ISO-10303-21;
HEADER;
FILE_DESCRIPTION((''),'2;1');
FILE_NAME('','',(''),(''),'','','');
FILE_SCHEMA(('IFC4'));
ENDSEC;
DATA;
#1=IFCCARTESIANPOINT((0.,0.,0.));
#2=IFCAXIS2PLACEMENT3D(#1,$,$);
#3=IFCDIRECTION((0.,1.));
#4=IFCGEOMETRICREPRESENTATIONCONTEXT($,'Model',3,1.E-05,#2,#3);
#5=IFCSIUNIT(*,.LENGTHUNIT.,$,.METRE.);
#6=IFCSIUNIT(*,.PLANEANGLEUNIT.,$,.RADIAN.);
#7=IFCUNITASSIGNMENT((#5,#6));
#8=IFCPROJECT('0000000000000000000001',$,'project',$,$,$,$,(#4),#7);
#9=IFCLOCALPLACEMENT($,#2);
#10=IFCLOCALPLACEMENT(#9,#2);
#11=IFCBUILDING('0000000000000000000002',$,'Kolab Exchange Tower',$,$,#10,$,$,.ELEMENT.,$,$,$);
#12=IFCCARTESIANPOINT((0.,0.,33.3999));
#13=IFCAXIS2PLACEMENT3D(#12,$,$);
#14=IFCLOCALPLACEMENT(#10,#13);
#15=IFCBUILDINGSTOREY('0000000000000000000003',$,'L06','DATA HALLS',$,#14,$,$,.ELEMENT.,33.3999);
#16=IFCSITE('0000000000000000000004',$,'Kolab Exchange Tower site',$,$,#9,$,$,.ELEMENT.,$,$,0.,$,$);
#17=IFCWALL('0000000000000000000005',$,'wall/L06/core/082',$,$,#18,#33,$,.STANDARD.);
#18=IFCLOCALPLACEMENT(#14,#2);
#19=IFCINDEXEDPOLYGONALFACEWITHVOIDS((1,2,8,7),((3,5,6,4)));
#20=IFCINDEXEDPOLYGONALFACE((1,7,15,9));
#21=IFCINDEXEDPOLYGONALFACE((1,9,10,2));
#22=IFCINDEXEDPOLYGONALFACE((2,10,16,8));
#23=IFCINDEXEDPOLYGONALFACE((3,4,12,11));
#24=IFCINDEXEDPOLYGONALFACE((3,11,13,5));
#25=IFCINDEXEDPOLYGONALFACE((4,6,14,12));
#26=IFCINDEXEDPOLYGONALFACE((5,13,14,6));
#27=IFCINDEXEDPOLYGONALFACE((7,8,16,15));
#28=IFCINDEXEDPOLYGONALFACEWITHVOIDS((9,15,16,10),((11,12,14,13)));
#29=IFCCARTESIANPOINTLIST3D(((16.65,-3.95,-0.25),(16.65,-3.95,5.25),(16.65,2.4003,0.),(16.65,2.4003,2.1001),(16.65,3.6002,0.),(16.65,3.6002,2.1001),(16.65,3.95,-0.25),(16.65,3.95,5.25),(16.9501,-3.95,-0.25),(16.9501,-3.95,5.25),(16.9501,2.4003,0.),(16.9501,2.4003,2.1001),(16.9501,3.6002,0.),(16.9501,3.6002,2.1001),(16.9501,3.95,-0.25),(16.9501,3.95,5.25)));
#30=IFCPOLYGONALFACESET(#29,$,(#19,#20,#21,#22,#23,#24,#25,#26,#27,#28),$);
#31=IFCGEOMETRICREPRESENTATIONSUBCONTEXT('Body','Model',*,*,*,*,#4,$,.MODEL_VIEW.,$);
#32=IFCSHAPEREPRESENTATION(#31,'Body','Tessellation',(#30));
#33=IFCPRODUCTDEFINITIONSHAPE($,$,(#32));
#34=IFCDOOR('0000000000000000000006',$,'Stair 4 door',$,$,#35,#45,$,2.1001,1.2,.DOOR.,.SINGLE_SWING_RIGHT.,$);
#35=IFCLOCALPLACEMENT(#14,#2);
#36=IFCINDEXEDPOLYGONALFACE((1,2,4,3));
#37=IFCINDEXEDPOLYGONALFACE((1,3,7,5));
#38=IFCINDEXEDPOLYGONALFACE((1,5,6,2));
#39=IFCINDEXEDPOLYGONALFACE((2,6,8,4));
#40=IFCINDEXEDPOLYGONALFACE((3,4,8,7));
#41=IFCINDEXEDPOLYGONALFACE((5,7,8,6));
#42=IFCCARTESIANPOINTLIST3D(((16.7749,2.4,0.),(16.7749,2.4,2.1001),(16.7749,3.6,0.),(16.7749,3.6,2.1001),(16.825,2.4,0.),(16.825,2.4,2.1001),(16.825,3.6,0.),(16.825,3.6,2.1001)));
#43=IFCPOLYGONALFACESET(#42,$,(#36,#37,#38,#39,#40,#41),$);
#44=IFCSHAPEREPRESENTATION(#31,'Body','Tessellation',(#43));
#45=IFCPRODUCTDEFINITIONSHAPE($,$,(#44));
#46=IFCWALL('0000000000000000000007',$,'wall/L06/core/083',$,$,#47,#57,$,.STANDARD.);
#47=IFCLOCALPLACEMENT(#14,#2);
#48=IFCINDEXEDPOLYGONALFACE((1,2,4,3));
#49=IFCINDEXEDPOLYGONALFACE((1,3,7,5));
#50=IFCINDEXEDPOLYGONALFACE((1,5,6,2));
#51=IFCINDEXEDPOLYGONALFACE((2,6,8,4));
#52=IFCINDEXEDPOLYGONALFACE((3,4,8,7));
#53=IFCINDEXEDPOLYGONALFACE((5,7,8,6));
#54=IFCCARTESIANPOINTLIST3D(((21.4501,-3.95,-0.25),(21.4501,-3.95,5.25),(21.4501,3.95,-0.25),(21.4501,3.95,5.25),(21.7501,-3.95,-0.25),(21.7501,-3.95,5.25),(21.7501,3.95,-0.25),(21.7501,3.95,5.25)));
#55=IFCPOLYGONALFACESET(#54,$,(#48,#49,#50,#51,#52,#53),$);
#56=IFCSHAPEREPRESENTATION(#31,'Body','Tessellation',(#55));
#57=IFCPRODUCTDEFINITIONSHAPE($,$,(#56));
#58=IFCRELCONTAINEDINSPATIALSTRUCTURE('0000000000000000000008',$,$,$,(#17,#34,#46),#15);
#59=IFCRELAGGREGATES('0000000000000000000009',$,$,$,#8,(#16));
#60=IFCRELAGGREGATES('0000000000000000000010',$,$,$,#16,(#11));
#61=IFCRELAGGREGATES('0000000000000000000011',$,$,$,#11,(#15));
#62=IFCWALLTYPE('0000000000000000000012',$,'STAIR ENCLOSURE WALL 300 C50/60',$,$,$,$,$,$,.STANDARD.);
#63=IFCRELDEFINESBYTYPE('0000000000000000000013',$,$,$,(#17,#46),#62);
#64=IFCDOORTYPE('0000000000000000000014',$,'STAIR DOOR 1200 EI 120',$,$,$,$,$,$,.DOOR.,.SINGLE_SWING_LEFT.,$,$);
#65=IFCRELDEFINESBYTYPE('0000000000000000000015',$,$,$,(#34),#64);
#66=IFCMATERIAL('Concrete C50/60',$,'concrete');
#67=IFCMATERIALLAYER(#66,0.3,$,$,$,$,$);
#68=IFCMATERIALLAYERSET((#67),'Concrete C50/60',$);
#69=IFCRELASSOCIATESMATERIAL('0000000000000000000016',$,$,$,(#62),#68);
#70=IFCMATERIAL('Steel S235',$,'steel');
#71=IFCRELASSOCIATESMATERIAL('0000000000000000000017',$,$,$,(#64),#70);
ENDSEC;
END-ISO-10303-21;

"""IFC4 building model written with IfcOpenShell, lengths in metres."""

from ifc_helpers import new_model, si_unit, direction, frame, frame_2d, origin, place, context, subcontext, project, spatial, rectangle, extrude, material, layer, layer_set, type_object, element, fill, save


model = new_model("IFC4")

# Units and contexts
model_context = context("Model", 3, precision=1e-05, world=origin(), true_north=direction((0.0, 1.0)))
body_context = subcontext(model_context, "Body", "Model", "MODEL_VIEW")
ifc_project = project(units=[si_unit("LENGTHUNIT", "METRE"), si_unit("PLANEANGLEUNIT", "RADIAN")], contexts=[model_context])

# Site, building, storey
site_placement = place(None, origin())
site = spatial("IfcSite", under=ifc_project, at=site_placement, Name="Kolab Exchange Tower site", CompositionType="ELEMENT", RefElevation=0.0)
building_placement = place(site_placement, origin())
building = spatial("IfcBuilding", under=site, at=building_placement, Name="Kolab Exchange Tower", CompositionType="ELEMENT")
storey_placement = place(building_placement, frame((0.0, 0.0, 33.3999)))
storey = spatial("IfcBuildingStorey", under=building, at=storey_placement, Name="L06", Description="DATA HALLS", CompositionType="ELEMENT", Elevation=33.3999)

# Shared definitions
ifc_material_1 = material(Name="Steel S235", Category="steel")

# Shared definitions
ifc_material_2 = material(Name="Concrete C50/60", Category="concrete")
ifc_layer_1 = layer(ifc_material_2, 0.3)
ifc_layer_set_1 = layer_set([ifc_layer_1], Name="Concrete C50/60")
wall_type_1 = type_object("IfcWallType", Name="STAIR ENCLOSURE WALL 300 C50/60", PredefinedType="STANDARD", material=ifc_layer_set_1)

# Wall, opening, door
wall_1_placement = place(storey_placement, frame((16.8, -3.95, -0.25), z_axis=(0.0, 0.0, 1.0), x_axis=(0.0, 1.0, 0.0)))
wall_1 = element("IfcWall", 1, at=wall_1_placement, inside=storey, type_object=wall_type_1, Name="wall/L06/core/082", PredefinedType="STANDARD", context=body_context, shape_type="SweptSolid", body=[
    extrude(rectangle(XDim=7.8999, YDim=0.3, at=frame_2d((3.95, 0.0))), origin(), (0.0, 0.0, 1.0), 5.5),
])
opening_1_placement = place(wall_1_placement, frame((6.3501, 0.0, 0.25)))
opening_1 = element("IfcOpeningElement", 2, at=opening_1_placement, cuts=wall_1, PredefinedType="OPENING", context=body_context, shape_type="SweptSolid", body=[
    extrude(rectangle(XDim=1.2, YDim=2.1001, at=frame_2d((0.6001, 1.05))), frame((0.0, 0.1602, 0.0), z_axis=(0.0, -1.0, 0.0), x_axis=(1.0, 0.0, 0.0)), (0.0, 0.0, 1.0), 0.3201),
])
door_type_1 = type_object("IfcDoorType", Name="STAIR DOOR 1200 EI 120", OperationType="SINGLE_SWING_LEFT", PredefinedType="DOOR", material=ifc_material_1)
door_1_placement = place(opening_1_placement, frame((1.2, 0.0, 0.0), z_axis=(0.0, 0.0, 1.0), x_axis=(-1.0, 0.0, 0.0)))
door_1 = element("IfcDoor", 3, at=door_1_placement, inside=storey, type_object=door_type_1, Name="Stair 4 door", OperationType="SINGLE_SWING_RIGHT", OverallHeight=2.1001, OverallWidth=1.2, PredefinedType="DOOR", context=body_context, shape_type="SweptSolid", body=[
    extrude(rectangle(XDim=1.2, YDim=2.1001, at=frame_2d((0.6001, 1.05))), frame((0.0, 0.0249, 0.0), z_axis=(0.0, -1.0, 0.0), x_axis=(1.0, 0.0, 0.0)), (0.0, 0.0, 1.0), 0.05),
])
fill(opening_1, door_1)

# Wall
wall_2_placement = place(storey_placement, frame((21.6001, -3.95, -0.25), z_axis=(0.0, 0.0, 1.0), x_axis=(0.0, 1.0, 0.0)))
element("IfcWall", 4, at=wall_2_placement, inside=storey, type_object=wall_type_1, Name="wall/L06/core/083", PredefinedType="STANDARD", context=body_context, shape_type="SweptSolid", body=[
    extrude(rectangle(XDim=7.8999, YDim=0.3, at=frame_2d((3.95, 0.0))), origin(), (0.0, 0.0, 1.0), 5.5),
])

save(model, "model.ifc")
